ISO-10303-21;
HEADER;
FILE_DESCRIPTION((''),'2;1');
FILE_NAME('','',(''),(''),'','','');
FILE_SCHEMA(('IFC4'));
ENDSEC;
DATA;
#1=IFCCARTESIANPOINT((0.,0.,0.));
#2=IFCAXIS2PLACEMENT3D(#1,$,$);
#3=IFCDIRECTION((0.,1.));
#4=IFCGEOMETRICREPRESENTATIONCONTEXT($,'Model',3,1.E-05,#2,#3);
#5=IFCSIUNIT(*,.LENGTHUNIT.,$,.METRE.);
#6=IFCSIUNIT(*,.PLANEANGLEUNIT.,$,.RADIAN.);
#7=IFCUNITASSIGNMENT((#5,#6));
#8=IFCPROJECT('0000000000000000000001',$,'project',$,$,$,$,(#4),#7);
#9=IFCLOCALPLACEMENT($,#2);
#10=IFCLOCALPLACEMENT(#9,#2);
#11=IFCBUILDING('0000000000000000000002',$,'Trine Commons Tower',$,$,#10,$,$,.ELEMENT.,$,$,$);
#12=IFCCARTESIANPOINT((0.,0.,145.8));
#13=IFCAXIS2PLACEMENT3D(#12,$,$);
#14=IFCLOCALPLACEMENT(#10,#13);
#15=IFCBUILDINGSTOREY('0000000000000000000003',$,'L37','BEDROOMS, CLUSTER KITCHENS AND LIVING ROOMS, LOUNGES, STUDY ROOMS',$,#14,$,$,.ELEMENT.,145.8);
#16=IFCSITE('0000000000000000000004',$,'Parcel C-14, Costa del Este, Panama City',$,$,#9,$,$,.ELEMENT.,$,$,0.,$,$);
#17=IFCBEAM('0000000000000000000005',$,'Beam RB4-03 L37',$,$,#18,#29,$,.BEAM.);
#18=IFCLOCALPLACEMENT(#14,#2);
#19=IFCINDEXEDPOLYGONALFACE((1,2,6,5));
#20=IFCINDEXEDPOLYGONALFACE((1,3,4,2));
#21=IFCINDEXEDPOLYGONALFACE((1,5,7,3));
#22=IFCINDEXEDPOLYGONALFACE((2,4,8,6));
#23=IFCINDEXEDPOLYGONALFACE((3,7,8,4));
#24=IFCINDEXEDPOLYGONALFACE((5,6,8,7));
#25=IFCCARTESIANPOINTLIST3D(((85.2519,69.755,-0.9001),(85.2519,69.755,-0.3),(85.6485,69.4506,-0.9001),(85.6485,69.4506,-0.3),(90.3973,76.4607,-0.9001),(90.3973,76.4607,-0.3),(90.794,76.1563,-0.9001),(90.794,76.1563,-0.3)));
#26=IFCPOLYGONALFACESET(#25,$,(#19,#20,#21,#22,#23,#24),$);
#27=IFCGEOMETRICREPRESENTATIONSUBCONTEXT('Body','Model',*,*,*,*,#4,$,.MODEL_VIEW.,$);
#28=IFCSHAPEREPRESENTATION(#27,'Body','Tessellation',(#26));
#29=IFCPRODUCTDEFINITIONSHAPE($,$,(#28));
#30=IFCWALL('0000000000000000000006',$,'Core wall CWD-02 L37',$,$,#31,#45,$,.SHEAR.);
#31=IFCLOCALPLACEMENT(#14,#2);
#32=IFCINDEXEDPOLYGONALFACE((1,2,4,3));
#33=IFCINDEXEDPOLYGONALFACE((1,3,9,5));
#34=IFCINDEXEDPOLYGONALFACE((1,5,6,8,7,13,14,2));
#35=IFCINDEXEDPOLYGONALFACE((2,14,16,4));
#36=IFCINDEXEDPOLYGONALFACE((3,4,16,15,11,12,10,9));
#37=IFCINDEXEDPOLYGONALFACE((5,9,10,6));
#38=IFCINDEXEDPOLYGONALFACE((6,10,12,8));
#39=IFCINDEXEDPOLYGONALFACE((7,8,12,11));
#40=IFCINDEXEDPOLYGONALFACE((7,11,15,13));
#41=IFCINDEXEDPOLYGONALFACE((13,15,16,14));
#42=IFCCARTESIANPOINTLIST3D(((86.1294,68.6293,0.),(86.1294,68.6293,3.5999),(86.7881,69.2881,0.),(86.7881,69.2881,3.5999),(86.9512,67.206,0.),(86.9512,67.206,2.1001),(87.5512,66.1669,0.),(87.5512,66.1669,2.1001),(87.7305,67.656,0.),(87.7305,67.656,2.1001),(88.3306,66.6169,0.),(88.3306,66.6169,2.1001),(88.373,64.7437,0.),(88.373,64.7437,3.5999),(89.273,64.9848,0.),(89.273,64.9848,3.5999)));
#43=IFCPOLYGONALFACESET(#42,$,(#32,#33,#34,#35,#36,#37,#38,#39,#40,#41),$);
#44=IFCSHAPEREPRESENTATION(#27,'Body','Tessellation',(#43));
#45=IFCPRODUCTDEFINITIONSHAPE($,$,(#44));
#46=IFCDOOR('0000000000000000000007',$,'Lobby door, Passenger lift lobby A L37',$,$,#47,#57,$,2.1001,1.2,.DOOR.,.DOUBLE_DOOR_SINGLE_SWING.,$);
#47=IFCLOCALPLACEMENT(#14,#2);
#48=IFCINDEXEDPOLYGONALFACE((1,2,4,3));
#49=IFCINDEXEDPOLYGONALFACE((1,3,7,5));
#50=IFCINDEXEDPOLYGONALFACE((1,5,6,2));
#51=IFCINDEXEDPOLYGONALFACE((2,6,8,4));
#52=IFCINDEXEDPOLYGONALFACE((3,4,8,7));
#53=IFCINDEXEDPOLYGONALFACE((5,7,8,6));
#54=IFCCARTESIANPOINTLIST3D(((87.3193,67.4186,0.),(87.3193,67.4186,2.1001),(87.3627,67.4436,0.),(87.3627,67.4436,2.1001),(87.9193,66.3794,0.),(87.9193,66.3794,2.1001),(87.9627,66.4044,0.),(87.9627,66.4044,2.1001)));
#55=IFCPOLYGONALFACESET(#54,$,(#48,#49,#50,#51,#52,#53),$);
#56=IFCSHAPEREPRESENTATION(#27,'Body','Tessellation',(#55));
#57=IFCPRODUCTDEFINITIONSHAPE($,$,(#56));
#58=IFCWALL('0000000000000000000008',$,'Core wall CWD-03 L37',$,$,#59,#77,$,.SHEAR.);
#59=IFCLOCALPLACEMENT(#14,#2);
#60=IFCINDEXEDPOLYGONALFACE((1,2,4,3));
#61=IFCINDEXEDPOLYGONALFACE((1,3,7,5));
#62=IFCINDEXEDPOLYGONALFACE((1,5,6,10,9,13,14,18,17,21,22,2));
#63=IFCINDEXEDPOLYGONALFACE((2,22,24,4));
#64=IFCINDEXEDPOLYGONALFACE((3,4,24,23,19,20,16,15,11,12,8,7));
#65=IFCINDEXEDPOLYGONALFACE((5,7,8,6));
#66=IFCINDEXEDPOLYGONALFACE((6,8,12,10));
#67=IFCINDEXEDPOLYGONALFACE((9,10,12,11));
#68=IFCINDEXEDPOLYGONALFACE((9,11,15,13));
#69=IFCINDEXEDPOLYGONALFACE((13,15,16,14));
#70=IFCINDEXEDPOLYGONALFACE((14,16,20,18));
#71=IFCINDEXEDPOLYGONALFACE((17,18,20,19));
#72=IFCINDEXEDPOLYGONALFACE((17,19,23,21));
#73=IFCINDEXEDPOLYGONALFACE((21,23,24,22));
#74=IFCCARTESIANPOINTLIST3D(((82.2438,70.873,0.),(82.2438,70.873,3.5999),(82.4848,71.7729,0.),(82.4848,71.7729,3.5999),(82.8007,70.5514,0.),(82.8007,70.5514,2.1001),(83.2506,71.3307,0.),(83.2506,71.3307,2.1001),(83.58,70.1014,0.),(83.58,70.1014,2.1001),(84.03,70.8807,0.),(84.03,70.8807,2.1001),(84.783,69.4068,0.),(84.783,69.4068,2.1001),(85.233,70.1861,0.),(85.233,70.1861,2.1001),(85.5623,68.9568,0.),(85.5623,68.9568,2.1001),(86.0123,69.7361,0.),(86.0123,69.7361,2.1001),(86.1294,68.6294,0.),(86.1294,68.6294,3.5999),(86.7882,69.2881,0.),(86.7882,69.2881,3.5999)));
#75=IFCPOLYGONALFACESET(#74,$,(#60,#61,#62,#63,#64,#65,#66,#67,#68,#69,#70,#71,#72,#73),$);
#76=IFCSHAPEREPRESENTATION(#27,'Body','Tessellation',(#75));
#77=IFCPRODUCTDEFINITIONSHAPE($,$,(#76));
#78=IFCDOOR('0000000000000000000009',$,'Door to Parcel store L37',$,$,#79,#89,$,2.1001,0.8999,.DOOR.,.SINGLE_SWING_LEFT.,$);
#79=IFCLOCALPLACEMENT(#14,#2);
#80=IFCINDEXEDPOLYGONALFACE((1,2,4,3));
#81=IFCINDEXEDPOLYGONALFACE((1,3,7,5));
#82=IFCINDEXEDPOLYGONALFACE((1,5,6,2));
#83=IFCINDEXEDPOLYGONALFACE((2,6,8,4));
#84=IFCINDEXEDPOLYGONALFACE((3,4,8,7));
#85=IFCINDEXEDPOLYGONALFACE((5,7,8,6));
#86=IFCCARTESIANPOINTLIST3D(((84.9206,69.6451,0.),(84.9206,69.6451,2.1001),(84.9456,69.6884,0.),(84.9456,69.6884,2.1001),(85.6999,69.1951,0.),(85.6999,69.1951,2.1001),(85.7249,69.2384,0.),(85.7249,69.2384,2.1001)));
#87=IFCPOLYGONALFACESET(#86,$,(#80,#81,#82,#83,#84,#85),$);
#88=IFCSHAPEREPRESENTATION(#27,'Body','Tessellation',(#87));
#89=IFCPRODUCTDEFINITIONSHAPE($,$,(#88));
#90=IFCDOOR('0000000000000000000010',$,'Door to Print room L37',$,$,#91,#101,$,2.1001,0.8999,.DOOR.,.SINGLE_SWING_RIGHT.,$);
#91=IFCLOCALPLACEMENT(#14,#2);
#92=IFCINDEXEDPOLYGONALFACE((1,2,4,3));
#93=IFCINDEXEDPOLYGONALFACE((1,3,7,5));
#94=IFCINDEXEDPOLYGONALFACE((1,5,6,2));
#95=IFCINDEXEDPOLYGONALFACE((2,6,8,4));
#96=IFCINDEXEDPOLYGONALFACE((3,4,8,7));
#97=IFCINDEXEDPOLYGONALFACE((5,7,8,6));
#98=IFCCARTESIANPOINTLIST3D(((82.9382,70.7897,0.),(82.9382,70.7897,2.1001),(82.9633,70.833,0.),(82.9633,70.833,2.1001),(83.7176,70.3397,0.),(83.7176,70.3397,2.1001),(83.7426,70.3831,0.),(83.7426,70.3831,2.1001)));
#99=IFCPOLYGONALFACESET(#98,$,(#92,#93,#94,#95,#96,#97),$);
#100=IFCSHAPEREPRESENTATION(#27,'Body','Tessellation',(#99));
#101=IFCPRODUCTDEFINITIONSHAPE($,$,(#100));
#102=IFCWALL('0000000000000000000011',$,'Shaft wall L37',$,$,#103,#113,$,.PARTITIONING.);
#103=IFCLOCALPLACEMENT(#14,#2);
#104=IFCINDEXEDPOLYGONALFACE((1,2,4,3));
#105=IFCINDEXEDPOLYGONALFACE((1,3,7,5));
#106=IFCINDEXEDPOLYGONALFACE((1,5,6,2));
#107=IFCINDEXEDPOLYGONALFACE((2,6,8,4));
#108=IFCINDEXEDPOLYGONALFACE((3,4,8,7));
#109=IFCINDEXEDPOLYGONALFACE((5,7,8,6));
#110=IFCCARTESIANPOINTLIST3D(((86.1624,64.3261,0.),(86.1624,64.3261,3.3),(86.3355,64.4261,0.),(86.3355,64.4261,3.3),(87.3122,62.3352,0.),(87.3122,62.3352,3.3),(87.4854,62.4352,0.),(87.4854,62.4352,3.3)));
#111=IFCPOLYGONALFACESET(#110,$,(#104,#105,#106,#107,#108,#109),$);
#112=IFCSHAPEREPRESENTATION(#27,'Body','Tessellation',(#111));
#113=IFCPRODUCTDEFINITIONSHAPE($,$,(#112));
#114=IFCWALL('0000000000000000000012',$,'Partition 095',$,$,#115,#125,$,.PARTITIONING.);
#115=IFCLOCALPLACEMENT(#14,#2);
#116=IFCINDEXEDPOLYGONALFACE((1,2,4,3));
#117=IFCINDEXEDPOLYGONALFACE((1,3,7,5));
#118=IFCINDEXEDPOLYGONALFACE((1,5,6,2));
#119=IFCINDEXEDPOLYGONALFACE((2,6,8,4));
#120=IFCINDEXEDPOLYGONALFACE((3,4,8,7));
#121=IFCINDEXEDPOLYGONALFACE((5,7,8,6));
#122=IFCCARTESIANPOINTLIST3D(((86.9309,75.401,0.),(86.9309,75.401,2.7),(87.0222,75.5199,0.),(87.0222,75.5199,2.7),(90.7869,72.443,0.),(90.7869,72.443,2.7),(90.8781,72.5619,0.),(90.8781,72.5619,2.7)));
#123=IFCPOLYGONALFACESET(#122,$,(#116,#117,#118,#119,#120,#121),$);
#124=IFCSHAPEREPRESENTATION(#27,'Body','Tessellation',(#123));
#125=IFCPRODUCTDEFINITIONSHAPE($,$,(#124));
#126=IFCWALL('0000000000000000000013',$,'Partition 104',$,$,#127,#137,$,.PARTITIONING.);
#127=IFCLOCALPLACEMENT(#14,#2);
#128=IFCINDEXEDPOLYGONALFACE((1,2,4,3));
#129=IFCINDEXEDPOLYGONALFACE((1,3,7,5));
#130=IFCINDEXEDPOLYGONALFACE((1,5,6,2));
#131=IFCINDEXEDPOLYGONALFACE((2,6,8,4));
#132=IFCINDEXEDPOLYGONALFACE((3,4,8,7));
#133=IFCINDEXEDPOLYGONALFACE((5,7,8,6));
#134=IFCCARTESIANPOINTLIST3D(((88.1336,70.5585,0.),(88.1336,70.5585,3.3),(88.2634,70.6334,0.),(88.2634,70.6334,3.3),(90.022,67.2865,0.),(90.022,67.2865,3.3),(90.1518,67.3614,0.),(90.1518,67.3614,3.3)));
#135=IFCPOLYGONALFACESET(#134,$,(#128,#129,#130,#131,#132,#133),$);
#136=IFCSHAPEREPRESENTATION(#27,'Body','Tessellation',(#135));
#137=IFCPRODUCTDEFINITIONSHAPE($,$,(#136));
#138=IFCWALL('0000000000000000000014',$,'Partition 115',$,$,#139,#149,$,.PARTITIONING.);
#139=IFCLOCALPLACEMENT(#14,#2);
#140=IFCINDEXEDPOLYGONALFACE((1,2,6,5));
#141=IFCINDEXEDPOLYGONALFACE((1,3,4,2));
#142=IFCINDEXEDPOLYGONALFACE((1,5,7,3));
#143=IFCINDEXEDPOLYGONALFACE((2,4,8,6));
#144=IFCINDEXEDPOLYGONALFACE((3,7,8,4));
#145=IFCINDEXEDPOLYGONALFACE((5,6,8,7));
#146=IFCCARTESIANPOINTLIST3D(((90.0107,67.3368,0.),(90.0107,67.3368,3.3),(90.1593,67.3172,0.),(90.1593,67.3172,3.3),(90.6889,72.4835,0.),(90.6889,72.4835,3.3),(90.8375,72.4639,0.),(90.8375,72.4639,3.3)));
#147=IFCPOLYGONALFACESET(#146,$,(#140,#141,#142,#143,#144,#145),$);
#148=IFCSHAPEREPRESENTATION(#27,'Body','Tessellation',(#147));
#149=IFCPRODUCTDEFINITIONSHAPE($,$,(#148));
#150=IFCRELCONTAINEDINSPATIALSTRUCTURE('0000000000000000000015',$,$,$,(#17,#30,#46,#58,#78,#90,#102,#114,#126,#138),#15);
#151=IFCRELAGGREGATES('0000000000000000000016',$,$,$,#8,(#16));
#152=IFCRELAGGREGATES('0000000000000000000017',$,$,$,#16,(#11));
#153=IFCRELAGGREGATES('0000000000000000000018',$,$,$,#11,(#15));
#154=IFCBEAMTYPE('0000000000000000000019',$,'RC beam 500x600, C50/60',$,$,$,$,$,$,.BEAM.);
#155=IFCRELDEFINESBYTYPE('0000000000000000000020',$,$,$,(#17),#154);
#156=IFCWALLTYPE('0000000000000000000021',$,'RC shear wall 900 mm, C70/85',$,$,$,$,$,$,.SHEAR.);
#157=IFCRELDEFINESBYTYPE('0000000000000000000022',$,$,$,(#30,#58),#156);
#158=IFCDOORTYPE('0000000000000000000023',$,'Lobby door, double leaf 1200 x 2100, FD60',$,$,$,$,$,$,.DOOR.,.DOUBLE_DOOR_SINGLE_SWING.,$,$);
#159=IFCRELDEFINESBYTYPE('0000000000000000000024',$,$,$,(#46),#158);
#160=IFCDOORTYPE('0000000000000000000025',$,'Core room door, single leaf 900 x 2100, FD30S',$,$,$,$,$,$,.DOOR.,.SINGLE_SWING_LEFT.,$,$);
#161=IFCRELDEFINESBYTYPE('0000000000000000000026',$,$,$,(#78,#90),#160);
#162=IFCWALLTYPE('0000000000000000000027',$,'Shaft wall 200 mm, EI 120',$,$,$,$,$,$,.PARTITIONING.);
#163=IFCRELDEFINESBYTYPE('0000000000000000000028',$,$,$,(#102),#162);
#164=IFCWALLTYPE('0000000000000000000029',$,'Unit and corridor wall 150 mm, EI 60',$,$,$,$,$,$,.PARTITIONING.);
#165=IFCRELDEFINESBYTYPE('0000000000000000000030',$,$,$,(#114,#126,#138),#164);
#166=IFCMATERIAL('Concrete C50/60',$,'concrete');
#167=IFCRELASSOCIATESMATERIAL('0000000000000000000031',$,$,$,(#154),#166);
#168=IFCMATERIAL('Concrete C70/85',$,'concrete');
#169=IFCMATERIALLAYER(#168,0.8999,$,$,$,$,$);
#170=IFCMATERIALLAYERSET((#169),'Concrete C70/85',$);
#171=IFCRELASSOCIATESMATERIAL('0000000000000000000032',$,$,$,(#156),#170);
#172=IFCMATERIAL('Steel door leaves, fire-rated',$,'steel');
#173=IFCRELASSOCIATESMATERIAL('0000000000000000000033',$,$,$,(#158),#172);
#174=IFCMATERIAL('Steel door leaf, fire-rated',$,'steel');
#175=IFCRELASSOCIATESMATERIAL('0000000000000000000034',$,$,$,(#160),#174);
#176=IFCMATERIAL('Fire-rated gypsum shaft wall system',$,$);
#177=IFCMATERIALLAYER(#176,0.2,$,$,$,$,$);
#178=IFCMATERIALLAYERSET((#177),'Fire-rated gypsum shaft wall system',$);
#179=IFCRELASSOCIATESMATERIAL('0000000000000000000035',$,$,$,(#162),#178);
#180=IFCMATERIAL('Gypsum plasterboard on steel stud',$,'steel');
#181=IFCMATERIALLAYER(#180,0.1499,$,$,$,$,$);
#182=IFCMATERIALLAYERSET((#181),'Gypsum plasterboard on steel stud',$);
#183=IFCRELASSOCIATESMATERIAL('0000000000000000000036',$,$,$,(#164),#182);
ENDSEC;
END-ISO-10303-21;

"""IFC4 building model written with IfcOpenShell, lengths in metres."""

from ifc_helpers import new_model, si_unit, direction, frame, frame_2d, origin, origin_2d, place, context, subcontext, project, spatial, polyline, rectangle, outline, extrude, material, layer, layer_set, material_profile, profile_set, type_object, element, fill, save


model = new_model("IFC4")

# Units and contexts
model_context = context("Model", 3, precision=1e-05, world=origin(), true_north=direction((0.0, 1.0)))
body_context = subcontext(model_context, "Body", "Model", "MODEL_VIEW")
ifc_project = project(units=[si_unit("LENGTHUNIT", "METRE"), si_unit("PLANEANGLEUNIT", "RADIAN")], contexts=[model_context])

# Site, building, storey
site_placement = place(None, origin())
site = spatial("IfcSite", under=ifc_project, at=site_placement, Name="Parcel C-14, Costa del Este, Panama City", CompositionType="ELEMENT", RefElevation=0.0)
building_placement = place(site_placement, origin())
building = spatial("IfcBuilding", under=site, at=building_placement, Name="Trine Commons Tower", CompositionType="ELEMENT")
storey_placement = place(building_placement, frame((0.0, 0.0, 145.8)))
storey = spatial("IfcBuildingStorey", under=building, at=storey_placement, Name="L37", Description="BEDROOMS, CLUSTER KITCHENS AND LIVING ROOMS, LOUNGES, STUDY ROOMS", CompositionType="ELEMENT", Elevation=145.8)

# Beam
ifc_material_1 = material(Name="Concrete C50/60", Category="concrete")
ifc_material_profile = material_profile(ifc_material_1, rectangle(XDim=0.5, YDim=0.6001, at=origin_2d()), Name="RC 500x600")
ifc_profile_set = profile_set([ifc_material_profile], Name="Concrete C50/60")
beam_type = type_object("IfcBeamType", Name="RC beam 500x600, C50/60", PredefinedType="BEAM", material=ifc_profile_set)
beam_placement = place(storey_placement, frame((85.4502, 69.6028, -0.6001), z_axis=(0.608758, 0.793356, 0.0), x_axis=(-0.793356, 0.608758, 0.0)))
element("IfcBeam", 1, at=beam_placement, inside=storey, type_object=beam_type, Name="Beam RB4-03 L37", PredefinedType="BEAM", context=body_context, shape_type="SweptSolid", body=[
    extrude(rectangle(XDim=0.5, YDim=0.6001, at=origin_2d()), origin(), (0.0, 0.0, 1.0), 8.4524),
])

# Wall, opening, door
ifc_material_2 = material(Name="Concrete C70/85", Category="concrete")
ifc_layer_1 = layer(ifc_material_2, 0.8999)
ifc_layer_set_1 = layer_set([ifc_layer_1], Name="Concrete C70/85")
wall_type_1 = type_object("IfcWallType", Name="RC shear wall 900 mm, C70/85", PredefinedType="SHEAR", material=ifc_layer_set_1)
wall_1_placement = place(storey_placement, frame((88.8833, 64.7598, 0.0), z_axis=(0.0, 0.0, 1.0), x_axis=(-0.500039, 0.866003, 0.0)))
wall_1 = element("IfcWall", 2, at=wall_1_placement, inside=storey, type_object=wall_type_1, Name="Core wall CWD-02 L37", PredefinedType="SHEAR", context=body_context, shape_type="SweptSolid", body=[
    extrude(outline(polyline([(0.0, -0.45), (4.9692, -0.45), (4.728, 0.45), (0.2412, 0.45), (0.0, -0.45)])), origin(), (0.0, 0.0, 1.0), 3.5999),
])
opening_1_placement = place(wall_1_placement, frame((1.8845, 0.0, 0.0)))
opening_1 = element("IfcOpeningElement", 3, at=opening_1_placement, cuts=wall_1, PredefinedType="OPENING", context=body_context, shape_type="SweptSolid", body=[
    extrude(rectangle(XDim=1.2, YDim=2.1001, at=frame_2d((0.6001, 1.05))), frame((0.0, 0.46, 0.0), z_axis=(0.0, -1.0, 0.0), x_axis=(1.0, 0.0, 0.0)), (0.0, 0.0, 1.0), 0.9199),
])
ifc_material_3 = material(Name="Steel door leaves, fire-rated", Category="steel")
door_type_1 = type_object("IfcDoorType", Name="Lobby door, double leaf 1200 x 2100, FD60", OperationType="DOUBLE_DOOR_SINGLE_SWING", PredefinedType="DOOR", material=ifc_material_3)
door_1_placement = place(opening_1_placement, origin())
door_1 = element("IfcDoor", 4, at=door_1_placement, inside=storey, type_object=door_type_1, Name="Lobby door, Passenger lift lobby A L37", OperationType="DOUBLE_DOOR_SINGLE_SWING", OverallHeight=2.1001, OverallWidth=1.2, PredefinedType="DOOR", context=body_context, shape_type="SweptSolid", body=[
    extrude(rectangle(XDim=1.2, YDim=2.1001, at=frame_2d((0.6001, 1.05))), frame((0.0, 0.0249, 0.0), z_axis=(0.0, -1.0, 0.0), x_axis=(1.0, 0.0, 0.0)), (0.0, 0.0, 1.0), 0.05),
])
fill(opening_1, door_1)

# Wall, openings, doors
wall_2_placement = place(storey_placement, frame((86.5632, 68.8984, 0.0), z_axis=(0.0, 0.0, 1.0), x_axis=(-0.866003, 0.500039, 0.0)))
wall_2 = element("IfcWall", 5, at=wall_2_placement, inside=storey, type_object=wall_type_1, Name="Core wall CWD-03 L37", PredefinedType="SHEAR", context=body_context, shape_type="SweptSolid", body=[
    extrude(outline(polyline([(0.0, -0.45), (4.9692, -0.45), (4.728, 0.45), (0.2412, 0.45), (0.0, -0.45)])), origin(), (0.0, 0.0, 1.0), 3.5999),
])
opening_2_placement = place(wall_2_placement, frame((0.896, 0.0, 0.0)))
opening_2 = element("IfcOpeningElement", 6, at=opening_2_placement, cuts=wall_2, PredefinedType="OPENING", context=body_context, shape_type="SweptSolid", body=[
    extrude(rectangle(XDim=0.8999, YDim=2.1001, at=frame_2d((0.45, 1.05))), frame((0.0, 0.46, 0.0), z_axis=(0.0, -1.0, 0.0), x_axis=(1.0, 0.0, 0.0)), (0.0, 0.0, 1.0), 0.9199),
])
opening_3_placement = place(wall_2_placement, frame((3.1851, 0.0, 0.0)))
opening_3 = element("IfcOpeningElement", 7, at=opening_3_placement, cuts=wall_2, PredefinedType="OPENING", context=body_context, shape_type="SweptSolid", body=[
    extrude(rectangle(XDim=0.8999, YDim=2.1001, at=frame_2d((0.45, 1.05))), frame((0.0, 0.46, 0.0), z_axis=(0.0, -1.0, 0.0), x_axis=(1.0, 0.0, 0.0)), (0.0, 0.0, 1.0), 0.9199),
])
ifc_material_4 = material(Name="Steel door leaf, fire-rated", Category="steel")
door_type_2 = type_object("IfcDoorType", Name="Core room door, single leaf 900 x 2100, FD30S", OperationType="SINGLE_SWING_LEFT", PredefinedType="DOOR", material=ifc_material_4)
door_2_placement = place(opening_2_placement, origin())
door_2 = element("IfcDoor", 8, at=door_2_placement, inside=storey, type_object=door_type_2, Name="Door to Parcel store L37", OperationType="SINGLE_SWING_LEFT", OverallHeight=2.1001, OverallWidth=0.8999, PredefinedType="DOOR", context=body_context, shape_type="SweptSolid", body=[
    extrude(rectangle(XDim=0.8999, YDim=2.1001, at=frame_2d((0.45, 1.05))), frame((0.0, 0.1748, 0.0), z_axis=(0.0, -1.0, 0.0), x_axis=(1.0, 0.0, 0.0)), (0.0, 0.0, 1.0), 0.05),
])
fill(opening_2, door_2)
door_3_placement = place(opening_3_placement, origin())
door_3 = element("IfcDoor", 9, at=door_3_placement, inside=storey, type_object=door_type_2, Name="Door to Print room L37", OperationType="SINGLE_SWING_RIGHT", OverallHeight=2.1001, OverallWidth=0.8999, PredefinedType="DOOR", context=body_context, shape_type="SweptSolid", body=[
    extrude(rectangle(XDim=0.8999, YDim=2.1001, at=frame_2d((0.45, 1.05))), frame((0.0, 0.1748, 0.0), z_axis=(0.0, -1.0, 0.0), x_axis=(1.0, 0.0, 0.0)), (0.0, 0.0, 1.0), 0.05),
])
fill(opening_3, door_3)

# Walls
ifc_material_5 = material(Name="Fire-rated gypsum shaft wall system")
ifc_layer_2 = layer(ifc_material_5, 0.2)
ifc_layer_set_2 = layer_set([ifc_layer_2], Name="Fire-rated gypsum shaft wall system")
wall_type_2 = type_object("IfcWallType", Name="Shaft wall 200 mm, EI 120", PredefinedType="PARTITIONING", material=ifc_layer_set_2)
wall_3_placement = place(storey_placement, frame((86.249, 64.376, 0.0), z_axis=(0.0, 0.0, 1.0), x_axis=(0.500136, -0.865947, 0.0)))
element("IfcWall", 10, at=wall_3_placement, inside=storey, type_object=wall_type_2, Name="Shaft wall L37", PredefinedType="PARTITIONING", context=body_context, shape_type="SweptSolid", body=[
    extrude(rectangle(XDim=2.2991, YDim=0.2, at=frame_2d((1.1494, 0.0))), origin(), (0.0, 0.0, 1.0), 3.3),
])
ifc_material_6 = material(Name="Gypsum plasterboard on steel stud", Category="steel")
ifc_layer_3 = layer(ifc_material_6, 0.1499)
ifc_layer_set_3 = layer_set([ifc_layer_3], Name="Gypsum plasterboard on steel stud")
wall_type_3 = type_object("IfcWallType", Name="Unit and corridor wall 150 mm, EI 60", PredefinedType="PARTITIONING", material=ifc_layer_set_3)
wall_4_placement = place(storey_placement, frame((86.9766, 75.4604, 0.0), z_axis=(0.0, 0.0, 1.0), x_axis=(0.79343, -0.608661, 0.0)))
element("IfcWall", 11, at=wall_4_placement, inside=storey, type_object=wall_type_3, Name="Partition 095", PredefinedType="PARTITIONING", context=body_context, shape_type="SweptSolid", body=[
    extrude(rectangle(XDim=4.8599, YDim=0.1499, at=frame_2d((2.4299, 0.0))), origin(), (0.0, 0.0, 1.0), 2.7),
])
wall_5_placement = place(storey_placement, frame((88.1985, 70.5959, 0.0), z_axis=(0.0, 0.0, 1.0), x_axis=(0.499872, -0.8661, 0.0)))
element("IfcWall", 12, at=wall_5_placement, inside=storey, type_object=wall_type_3, Name="Partition 104", PredefinedType="PARTITIONING", context=body_context, shape_type="SweptSolid", body=[
    extrude(rectangle(XDim=3.7778, YDim=0.1499, at=frame_2d((1.8889, 0.0))), origin(), (0.0, 0.0, 1.0), 3.3),
])
wall_6_placement = place(storey_placement, frame((90.085, 67.3269, 0.0), z_axis=(0.0, 0.0, 1.0), x_axis=(0.130648, 0.991429, 0.0)))
element("IfcWall", 13, at=wall_6_placement, inside=storey, type_object=wall_type_3, Name="Partition 115", PredefinedType="PARTITIONING", context=body_context, shape_type="SweptSolid", body=[
    extrude(rectangle(XDim=5.1912, YDim=0.1499, at=frame_2d((2.5957, 0.0))), origin(), (0.0, 0.0, 1.0), 3.3),
])

save(model, "model.ifc")
